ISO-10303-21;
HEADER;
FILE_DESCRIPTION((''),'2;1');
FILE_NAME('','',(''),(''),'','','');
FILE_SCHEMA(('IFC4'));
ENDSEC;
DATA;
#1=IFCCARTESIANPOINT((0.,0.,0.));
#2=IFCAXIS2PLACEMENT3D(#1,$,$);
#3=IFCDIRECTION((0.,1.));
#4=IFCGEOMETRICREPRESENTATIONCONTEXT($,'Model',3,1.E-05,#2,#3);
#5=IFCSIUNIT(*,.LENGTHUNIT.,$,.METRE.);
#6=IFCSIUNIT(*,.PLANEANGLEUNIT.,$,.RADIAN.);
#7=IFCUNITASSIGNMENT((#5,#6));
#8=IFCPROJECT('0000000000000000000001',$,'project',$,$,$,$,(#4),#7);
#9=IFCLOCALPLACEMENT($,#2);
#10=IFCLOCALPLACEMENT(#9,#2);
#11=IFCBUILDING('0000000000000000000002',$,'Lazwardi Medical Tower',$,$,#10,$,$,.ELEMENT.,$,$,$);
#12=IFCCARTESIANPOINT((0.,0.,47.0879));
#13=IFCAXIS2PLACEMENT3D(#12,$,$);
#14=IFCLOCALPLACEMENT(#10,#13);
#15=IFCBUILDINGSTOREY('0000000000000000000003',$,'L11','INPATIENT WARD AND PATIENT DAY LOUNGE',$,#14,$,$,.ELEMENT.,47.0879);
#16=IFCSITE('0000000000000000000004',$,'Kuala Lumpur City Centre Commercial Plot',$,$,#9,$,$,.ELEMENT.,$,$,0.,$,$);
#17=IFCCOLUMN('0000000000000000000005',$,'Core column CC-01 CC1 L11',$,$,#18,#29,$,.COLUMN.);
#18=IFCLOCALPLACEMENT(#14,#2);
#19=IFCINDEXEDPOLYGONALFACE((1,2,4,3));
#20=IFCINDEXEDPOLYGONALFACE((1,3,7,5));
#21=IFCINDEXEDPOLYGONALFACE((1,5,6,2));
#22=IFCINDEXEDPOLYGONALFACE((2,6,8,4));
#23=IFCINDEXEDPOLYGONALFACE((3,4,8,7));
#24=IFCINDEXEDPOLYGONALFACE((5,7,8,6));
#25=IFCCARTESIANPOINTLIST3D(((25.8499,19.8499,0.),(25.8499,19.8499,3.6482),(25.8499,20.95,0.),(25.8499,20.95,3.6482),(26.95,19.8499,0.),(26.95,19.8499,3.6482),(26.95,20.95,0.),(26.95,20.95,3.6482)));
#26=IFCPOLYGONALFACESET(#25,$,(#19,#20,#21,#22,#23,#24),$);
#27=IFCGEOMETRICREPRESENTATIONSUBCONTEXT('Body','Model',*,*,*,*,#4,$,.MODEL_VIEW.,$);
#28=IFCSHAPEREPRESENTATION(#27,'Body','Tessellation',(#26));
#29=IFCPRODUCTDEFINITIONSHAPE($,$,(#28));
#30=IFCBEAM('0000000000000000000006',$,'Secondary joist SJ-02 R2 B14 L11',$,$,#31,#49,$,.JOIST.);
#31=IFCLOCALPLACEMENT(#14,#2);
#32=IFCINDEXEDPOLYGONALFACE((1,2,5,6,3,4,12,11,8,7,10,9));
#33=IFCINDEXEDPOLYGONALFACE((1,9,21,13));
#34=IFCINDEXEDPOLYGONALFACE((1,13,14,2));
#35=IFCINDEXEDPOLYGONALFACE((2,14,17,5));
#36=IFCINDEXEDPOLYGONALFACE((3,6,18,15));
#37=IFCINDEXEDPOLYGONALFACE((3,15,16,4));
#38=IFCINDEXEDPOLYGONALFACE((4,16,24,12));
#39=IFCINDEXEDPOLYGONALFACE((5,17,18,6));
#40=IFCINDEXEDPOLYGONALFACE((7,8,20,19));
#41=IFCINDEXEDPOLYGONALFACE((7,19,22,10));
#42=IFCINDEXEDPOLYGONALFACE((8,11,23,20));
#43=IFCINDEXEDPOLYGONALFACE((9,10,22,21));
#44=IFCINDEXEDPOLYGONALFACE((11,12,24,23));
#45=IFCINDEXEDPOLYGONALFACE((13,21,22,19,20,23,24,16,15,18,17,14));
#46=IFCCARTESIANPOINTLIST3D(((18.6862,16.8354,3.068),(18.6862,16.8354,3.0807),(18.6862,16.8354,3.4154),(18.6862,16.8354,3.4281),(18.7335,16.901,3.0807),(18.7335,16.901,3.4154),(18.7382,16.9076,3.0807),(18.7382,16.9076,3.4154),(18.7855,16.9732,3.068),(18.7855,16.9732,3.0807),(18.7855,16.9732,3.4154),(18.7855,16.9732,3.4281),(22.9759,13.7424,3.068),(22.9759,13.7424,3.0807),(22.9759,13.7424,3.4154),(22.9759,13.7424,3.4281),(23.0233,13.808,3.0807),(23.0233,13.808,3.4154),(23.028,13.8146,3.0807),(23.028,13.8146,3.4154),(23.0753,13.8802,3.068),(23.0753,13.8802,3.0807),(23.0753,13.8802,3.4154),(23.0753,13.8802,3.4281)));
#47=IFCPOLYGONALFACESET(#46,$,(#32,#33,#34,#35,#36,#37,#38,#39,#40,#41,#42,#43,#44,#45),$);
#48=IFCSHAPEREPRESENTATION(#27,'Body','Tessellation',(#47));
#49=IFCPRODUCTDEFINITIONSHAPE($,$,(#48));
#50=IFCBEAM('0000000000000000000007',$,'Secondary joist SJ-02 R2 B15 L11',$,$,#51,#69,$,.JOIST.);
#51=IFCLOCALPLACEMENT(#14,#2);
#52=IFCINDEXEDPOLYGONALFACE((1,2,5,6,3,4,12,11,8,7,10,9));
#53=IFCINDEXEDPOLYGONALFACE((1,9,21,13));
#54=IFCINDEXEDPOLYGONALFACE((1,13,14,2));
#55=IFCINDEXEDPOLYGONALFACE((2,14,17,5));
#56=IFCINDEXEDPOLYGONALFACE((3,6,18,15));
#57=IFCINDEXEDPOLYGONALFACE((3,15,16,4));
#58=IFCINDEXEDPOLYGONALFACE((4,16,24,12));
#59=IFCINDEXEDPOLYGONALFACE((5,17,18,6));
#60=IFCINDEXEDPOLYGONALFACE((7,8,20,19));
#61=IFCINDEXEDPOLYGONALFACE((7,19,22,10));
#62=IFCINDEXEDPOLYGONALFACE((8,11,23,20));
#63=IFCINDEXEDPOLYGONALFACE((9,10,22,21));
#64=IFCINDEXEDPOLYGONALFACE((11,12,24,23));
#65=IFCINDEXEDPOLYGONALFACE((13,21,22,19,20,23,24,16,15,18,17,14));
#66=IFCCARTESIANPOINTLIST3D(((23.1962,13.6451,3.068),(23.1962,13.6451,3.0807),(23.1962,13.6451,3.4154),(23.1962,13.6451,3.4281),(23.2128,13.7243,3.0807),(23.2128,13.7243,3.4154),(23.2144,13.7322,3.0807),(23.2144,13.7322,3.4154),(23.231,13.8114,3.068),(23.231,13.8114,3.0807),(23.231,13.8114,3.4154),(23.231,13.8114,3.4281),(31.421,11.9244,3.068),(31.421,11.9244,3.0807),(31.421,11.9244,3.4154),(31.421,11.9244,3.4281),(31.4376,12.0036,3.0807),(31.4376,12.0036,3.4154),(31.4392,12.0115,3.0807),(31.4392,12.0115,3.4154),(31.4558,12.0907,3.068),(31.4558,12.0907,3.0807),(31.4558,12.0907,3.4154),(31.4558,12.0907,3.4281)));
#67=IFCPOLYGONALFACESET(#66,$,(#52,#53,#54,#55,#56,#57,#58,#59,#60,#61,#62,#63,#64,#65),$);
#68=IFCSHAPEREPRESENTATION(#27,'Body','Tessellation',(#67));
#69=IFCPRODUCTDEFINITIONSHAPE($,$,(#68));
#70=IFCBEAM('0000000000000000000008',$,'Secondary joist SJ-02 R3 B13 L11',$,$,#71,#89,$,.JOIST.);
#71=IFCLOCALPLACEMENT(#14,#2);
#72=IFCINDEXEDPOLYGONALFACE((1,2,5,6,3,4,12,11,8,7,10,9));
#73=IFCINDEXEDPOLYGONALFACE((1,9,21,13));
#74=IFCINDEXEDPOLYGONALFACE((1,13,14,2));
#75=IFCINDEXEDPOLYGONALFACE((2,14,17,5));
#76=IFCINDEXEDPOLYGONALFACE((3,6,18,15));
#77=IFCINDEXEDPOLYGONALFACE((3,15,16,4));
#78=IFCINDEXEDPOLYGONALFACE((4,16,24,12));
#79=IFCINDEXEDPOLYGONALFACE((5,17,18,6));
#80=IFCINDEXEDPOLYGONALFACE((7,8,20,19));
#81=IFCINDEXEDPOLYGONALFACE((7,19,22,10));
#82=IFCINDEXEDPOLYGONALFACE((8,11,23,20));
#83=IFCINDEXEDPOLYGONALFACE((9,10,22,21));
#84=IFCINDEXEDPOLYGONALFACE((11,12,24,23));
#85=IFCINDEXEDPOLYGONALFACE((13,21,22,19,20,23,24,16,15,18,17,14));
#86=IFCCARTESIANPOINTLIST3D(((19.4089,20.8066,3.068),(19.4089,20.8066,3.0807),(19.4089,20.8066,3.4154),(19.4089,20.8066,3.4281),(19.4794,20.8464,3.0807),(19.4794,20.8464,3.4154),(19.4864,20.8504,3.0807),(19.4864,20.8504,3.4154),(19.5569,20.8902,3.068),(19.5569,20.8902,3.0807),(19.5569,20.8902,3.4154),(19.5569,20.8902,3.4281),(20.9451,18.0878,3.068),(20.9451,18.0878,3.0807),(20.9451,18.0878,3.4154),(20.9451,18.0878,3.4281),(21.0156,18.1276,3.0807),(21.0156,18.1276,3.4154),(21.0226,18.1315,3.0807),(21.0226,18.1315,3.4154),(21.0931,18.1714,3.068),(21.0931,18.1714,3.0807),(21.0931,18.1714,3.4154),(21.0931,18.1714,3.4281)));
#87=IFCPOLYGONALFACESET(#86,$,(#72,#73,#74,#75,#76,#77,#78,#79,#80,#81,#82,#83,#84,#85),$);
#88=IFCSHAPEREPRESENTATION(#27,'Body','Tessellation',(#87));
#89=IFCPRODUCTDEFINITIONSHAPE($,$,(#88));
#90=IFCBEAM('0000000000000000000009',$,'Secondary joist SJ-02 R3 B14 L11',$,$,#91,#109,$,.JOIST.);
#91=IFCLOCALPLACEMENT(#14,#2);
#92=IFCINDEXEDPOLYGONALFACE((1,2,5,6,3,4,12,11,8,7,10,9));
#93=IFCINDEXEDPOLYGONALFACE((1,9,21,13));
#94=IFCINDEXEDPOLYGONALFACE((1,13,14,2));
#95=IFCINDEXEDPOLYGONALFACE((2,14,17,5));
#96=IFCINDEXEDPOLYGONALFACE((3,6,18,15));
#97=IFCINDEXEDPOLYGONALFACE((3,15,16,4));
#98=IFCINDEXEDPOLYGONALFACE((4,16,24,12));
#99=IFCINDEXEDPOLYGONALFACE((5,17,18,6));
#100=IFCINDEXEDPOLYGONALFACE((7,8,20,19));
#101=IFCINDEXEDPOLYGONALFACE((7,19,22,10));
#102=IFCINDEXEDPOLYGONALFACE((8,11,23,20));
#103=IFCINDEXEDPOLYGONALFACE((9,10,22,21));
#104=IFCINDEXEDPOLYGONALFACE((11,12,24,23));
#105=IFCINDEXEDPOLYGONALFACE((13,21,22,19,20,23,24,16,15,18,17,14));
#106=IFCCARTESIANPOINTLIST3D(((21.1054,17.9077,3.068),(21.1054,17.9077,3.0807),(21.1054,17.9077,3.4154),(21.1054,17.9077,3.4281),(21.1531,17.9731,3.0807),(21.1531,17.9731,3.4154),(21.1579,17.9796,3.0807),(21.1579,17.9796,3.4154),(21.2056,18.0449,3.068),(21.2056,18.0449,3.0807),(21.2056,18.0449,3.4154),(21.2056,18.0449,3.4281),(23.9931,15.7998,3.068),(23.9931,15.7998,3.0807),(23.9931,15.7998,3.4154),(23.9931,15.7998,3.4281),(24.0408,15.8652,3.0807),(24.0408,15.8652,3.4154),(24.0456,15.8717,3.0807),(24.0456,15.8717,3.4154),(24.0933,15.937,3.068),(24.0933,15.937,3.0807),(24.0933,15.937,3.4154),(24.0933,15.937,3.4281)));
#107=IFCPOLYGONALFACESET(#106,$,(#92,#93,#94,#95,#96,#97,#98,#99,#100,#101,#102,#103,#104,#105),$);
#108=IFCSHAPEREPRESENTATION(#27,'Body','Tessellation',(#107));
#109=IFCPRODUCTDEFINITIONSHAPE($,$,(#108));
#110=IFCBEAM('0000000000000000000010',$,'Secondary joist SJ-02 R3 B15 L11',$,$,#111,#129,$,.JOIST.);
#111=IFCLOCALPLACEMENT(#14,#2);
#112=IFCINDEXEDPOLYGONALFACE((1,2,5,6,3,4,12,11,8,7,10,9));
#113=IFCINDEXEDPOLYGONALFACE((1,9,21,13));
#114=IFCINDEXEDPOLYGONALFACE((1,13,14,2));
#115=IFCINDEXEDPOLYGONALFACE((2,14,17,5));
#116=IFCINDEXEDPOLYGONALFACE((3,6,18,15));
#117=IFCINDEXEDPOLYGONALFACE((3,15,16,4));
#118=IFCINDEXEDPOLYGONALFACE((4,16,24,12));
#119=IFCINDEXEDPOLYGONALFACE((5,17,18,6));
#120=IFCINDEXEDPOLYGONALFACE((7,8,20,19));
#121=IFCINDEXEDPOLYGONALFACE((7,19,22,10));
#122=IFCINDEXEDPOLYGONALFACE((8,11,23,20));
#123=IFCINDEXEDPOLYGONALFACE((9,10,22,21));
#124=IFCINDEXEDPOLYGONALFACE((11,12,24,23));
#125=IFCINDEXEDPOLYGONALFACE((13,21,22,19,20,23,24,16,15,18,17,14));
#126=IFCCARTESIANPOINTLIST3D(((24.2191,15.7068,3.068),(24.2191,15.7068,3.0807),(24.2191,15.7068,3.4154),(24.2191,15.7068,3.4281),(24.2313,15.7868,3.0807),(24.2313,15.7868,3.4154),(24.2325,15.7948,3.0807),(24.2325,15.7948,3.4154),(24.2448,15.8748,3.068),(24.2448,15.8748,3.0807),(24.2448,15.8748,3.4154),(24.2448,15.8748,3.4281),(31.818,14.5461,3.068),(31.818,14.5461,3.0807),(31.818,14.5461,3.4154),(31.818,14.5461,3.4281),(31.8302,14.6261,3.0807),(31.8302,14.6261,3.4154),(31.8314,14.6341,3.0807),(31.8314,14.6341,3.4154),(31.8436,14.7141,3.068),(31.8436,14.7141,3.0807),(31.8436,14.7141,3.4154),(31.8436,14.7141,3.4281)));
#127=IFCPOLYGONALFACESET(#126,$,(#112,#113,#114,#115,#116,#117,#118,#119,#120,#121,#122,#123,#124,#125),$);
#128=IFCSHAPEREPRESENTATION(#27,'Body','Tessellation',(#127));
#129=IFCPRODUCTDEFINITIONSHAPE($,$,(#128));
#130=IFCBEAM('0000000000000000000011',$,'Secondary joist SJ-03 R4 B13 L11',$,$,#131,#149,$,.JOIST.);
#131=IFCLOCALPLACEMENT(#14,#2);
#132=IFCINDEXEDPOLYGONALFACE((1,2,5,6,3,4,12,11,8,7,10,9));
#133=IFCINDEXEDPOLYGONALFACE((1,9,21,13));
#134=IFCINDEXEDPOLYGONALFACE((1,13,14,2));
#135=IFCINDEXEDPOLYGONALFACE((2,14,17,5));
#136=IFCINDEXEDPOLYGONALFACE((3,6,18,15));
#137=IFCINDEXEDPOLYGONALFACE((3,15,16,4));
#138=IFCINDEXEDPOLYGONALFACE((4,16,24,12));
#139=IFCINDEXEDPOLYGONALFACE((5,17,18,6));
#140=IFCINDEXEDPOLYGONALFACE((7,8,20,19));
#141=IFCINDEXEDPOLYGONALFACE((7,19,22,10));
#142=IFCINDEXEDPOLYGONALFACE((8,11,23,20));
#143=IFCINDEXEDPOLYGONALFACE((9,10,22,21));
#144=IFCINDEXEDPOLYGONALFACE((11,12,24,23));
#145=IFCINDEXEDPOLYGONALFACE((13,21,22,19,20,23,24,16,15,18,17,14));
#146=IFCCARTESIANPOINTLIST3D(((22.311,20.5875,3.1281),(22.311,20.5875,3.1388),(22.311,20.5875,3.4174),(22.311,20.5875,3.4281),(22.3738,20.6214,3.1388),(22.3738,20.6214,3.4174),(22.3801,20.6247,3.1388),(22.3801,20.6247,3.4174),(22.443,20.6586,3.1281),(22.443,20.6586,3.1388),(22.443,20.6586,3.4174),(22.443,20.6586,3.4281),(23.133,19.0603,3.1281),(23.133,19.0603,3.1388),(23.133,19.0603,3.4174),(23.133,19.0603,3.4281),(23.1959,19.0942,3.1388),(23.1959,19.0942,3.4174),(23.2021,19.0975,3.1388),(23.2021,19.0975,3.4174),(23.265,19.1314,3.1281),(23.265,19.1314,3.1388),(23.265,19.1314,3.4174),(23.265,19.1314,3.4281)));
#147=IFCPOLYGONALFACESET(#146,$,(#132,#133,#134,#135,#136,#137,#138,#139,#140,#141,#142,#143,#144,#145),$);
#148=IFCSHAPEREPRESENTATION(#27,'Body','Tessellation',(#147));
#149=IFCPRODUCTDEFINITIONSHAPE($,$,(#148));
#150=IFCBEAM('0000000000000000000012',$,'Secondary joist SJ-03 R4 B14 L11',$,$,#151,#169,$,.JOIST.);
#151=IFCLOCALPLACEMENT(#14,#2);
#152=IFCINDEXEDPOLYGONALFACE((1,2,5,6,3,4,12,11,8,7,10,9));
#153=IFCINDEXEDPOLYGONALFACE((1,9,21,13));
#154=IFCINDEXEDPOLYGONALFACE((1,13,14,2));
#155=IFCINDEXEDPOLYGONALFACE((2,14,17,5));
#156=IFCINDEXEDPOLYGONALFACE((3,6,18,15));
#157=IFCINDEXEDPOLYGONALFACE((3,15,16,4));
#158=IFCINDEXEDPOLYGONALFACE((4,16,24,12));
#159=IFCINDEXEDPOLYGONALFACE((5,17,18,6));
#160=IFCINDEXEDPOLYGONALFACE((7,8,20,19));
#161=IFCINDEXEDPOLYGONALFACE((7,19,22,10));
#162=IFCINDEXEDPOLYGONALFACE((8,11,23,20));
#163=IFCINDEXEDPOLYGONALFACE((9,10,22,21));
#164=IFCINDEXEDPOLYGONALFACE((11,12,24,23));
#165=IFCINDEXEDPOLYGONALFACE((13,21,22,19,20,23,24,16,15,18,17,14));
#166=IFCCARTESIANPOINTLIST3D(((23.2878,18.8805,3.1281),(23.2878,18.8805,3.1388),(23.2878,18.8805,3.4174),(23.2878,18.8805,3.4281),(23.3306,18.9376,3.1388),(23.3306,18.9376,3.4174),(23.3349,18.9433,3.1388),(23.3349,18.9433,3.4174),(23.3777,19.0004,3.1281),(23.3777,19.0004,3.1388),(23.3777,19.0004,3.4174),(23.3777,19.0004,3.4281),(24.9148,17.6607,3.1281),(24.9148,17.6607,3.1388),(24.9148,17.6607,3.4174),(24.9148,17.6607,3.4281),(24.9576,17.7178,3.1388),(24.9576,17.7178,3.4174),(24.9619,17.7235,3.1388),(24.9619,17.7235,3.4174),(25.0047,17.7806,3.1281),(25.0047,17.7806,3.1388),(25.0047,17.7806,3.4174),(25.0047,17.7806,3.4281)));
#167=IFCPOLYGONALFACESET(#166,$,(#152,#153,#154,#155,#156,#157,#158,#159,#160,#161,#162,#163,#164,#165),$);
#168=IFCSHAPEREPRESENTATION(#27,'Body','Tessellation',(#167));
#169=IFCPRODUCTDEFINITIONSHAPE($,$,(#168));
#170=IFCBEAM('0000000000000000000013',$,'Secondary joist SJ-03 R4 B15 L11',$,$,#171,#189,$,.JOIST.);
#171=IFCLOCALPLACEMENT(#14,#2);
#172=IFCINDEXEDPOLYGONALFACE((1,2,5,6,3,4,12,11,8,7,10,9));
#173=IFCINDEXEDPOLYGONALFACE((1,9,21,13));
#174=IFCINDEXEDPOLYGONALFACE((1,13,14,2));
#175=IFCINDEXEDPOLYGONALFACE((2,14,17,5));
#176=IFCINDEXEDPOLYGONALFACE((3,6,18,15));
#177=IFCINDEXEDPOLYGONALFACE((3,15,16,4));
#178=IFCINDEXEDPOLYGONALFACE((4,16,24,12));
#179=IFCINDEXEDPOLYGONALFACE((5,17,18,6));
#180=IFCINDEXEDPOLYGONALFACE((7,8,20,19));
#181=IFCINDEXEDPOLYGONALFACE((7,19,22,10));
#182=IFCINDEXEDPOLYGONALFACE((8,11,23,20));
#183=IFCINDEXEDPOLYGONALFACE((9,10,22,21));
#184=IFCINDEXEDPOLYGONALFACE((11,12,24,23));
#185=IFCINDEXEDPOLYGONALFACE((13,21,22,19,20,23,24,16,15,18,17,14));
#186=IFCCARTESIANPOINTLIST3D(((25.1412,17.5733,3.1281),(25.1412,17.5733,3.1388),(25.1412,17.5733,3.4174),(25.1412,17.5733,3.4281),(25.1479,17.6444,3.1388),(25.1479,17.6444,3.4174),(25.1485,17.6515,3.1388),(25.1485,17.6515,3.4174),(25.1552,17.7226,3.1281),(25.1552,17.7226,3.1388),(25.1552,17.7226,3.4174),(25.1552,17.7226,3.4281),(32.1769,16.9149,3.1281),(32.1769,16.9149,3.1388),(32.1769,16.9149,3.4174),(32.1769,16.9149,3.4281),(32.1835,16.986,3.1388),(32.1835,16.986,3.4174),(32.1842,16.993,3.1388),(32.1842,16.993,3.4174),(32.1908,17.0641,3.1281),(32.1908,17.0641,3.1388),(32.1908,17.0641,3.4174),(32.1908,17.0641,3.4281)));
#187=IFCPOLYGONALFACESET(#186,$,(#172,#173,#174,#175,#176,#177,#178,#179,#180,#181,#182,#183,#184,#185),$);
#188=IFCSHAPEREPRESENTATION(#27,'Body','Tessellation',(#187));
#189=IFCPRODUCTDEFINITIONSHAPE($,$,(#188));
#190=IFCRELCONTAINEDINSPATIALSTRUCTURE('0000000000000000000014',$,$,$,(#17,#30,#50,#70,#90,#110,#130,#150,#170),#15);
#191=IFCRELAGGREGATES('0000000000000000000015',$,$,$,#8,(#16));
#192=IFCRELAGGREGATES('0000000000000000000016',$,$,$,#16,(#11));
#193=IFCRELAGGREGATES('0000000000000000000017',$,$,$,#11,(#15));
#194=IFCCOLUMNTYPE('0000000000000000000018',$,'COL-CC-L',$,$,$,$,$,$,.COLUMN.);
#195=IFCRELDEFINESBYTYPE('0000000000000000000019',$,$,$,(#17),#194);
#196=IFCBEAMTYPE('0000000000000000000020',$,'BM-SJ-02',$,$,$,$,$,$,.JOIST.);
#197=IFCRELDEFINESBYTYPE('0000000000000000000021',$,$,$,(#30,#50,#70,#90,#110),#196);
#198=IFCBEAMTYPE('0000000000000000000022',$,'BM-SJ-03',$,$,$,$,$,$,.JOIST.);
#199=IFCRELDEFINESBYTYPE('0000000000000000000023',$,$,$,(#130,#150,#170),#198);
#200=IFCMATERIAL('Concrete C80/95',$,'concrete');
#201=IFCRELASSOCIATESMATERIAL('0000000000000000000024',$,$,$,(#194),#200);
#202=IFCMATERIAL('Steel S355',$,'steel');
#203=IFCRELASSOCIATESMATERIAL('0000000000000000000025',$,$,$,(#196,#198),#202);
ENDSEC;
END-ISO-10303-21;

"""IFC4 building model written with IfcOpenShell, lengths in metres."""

from ifc_helpers import new_model, si_unit, direction, frame, origin, origin_2d, place, context, subcontext, project, spatial, rectangle, i_section, extrude, material, material_profile, profile_set, type_object, element, save


model = new_model("IFC4")

# Units and contexts
model_context = context("Model", 3, precision=1e-05, world=origin(), true_north=direction((0.0, 1.0)))
body_context = subcontext(model_context, "Body", "Model", "MODEL_VIEW")
ifc_project = project(units=[si_unit("LENGTHUNIT", "METRE"), si_unit("PLANEANGLEUNIT", "RADIAN")], contexts=[model_context])

# Site, building, storey
site_placement = place(None, origin())
site = spatial("IfcSite", under=ifc_project, at=site_placement, Name="Kuala Lumpur City Centre Commercial Plot", CompositionType="ELEMENT", RefElevation=0.0)
building_placement = place(site_placement, origin())
building = spatial("IfcBuilding", under=site, at=building_placement, Name="Lazwardi Medical Tower", CompositionType="ELEMENT")
storey_placement = place(building_placement, frame((0.0, 0.0, 47.0879)))
storey = spatial("IfcBuildingStorey", under=building, at=storey_placement, Name="L11", Description="INPATIENT WARD AND PATIENT DAY LOUNGE", CompositionType="ELEMENT", Elevation=47.0879)

# Column
ifc_material_1 = material(Name="Concrete C80/95", Category="concrete")
ifc_material_profile_1 = material_profile(ifc_material_1, rectangle(XDim=1.1001, YDim=1.1001, at=origin_2d()), Name="RC 1100x1100")
ifc_profile_set_1 = profile_set([ifc_material_profile_1], Name="Concrete C80/95")
column_type = type_object("IfcColumnType", Name="COL-CC-L", PredefinedType="COLUMN", material=ifc_profile_set_1)
column_placement = place(storey_placement, frame((26.3999, 20.3999, 0.0), z_axis=(0.0, 0.0, 1.0), x_axis=(1.0, 0.0, 0.0)))
element("IfcColumn", 1, at=column_placement, inside=storey, type_object=column_type, Name="Core column CC-01 CC1 L11", PredefinedType="COLUMN", context=body_context, shape_type="SweptSolid", body=[
    extrude(rectangle(XDim=1.1001, YDim=1.1001, at=origin_2d()), origin(), (0.0, 0.0, 1.0), 3.6482),
])

# Beams
ifc_material_2 = material(Name="Steel S355", Category="steel")
ifc_material_profile_2 = material_profile(ifc_material_2, i_section(OverallWidth=0.1699, OverallDepth=0.3601, WebThickness=0.0081, FlangeThickness=0.0127, at=origin_2d()), Name="IPE 360")
ifc_profile_set_2 = profile_set([ifc_material_profile_2], Name="Steel S355")
beam_type_1 = type_object("IfcBeamType", Name="BM-SJ-02", PredefinedType="JOIST", material=ifc_profile_set_2)
beam_1_placement = place(storey_placement, frame((18.7358, 16.9043, 3.248), z_axis=(0.811143, -0.584848, 0.0), x_axis=(0.584848, 0.811143, 0.0)))
element("IfcBeam", 2, at=beam_1_placement, inside=storey, type_object=beam_type_1, Name="Secondary joist SJ-02 R2 B14 L11", PredefinedType="JOIST", context=body_context, shape_type="SweptSolid", body=[
    extrude(i_section(OverallWidth=0.1699, OverallDepth=0.3601, WebThickness=0.0081, FlangeThickness=0.0127, at=origin_2d()), origin(), (0.0, 0.0, 1.0), 5.2886),
])
beam_2_placement = place(storey_placement, frame((23.2136, 13.7283, 3.248), z_axis=(0.978809, -0.204774, 0.0), x_axis=(0.204774, 0.978809, 0.0)))
element("IfcBeam", 3, at=beam_2_placement, inside=storey, type_object=beam_type_1, Name="Secondary joist SJ-02 R2 B15 L11", PredefinedType="JOIST", context=body_context, shape_type="SweptSolid", body=[
    extrude(i_section(OverallWidth=0.1699, OverallDepth=0.3601, WebThickness=0.0081, FlangeThickness=0.0127, at=origin_2d()), origin(), (0.0, 0.0, 1.0), 8.4028),
])
beam_3_placement = place(storey_placement, frame((19.4829, 20.8484, 3.248), z_axis=(0.491923, -0.870639, 0.0), x_axis=(0.870639, 0.491923, 0.0)))
element("IfcBeam", 4, at=beam_3_placement, inside=storey, type_object=beam_type_1, Name="Secondary joist SJ-02 R3 B13 L11", PredefinedType="JOIST", context=body_context, shape_type="SweptSolid", body=[
    extrude(i_section(OverallWidth=0.1699, OverallDepth=0.3601, WebThickness=0.0081, FlangeThickness=0.0127, at=origin_2d()), origin(), (0.0, 0.0, 1.0), 3.1228),
])
beam_4_placement = place(storey_placement, frame((21.1555, 17.9763, 3.248), z_axis=(0.807701, -0.589592, 0.0), x_axis=(0.589592, 0.807701, 0.0)))
element("IfcBeam", 5, at=beam_4_placement, inside=storey, type_object=beam_type_1, Name="Secondary joist SJ-02 R3 B14 L11", PredefinedType="JOIST", context=body_context, shape_type="SweptSolid", body=[
    extrude(i_section(OverallWidth=0.1699, OverallDepth=0.3601, WebThickness=0.0081, FlangeThickness=0.0127, at=origin_2d()), origin(), (0.0, 0.0, 1.0), 3.5752),
])
beam_5_placement = place(storey_placement, frame((24.2319, 15.7908, 3.248), z_axis=(0.988536, -0.150988, 0.0), x_axis=(0.150988, 0.988536, 0.0)))
element("IfcBeam", 6, at=beam_5_placement, inside=storey, type_object=beam_type_1, Name="Secondary joist SJ-02 R3 B15 L11", PredefinedType="JOIST", context=body_context, shape_type="SweptSolid", body=[
    extrude(i_section(OverallWidth=0.1699, OverallDepth=0.3601, WebThickness=0.0081, FlangeThickness=0.0127, at=origin_2d()), origin(), (0.0, 0.0, 1.0), 7.687),
])
ifc_material_profile_3 = material_profile(ifc_material_2, i_section(OverallWidth=0.1499, OverallDepth=0.3, WebThickness=0.0071, FlangeThickness=0.0107, at=origin_2d()), Name="IPE 300")
ifc_profile_set_3 = profile_set([ifc_material_profile_3], Name="Steel S355")
beam_type_2 = type_object("IfcBeamType", Name="BM-SJ-03", PredefinedType="JOIST", material=ifc_profile_set_3)
beam_6_placement = place(storey_placement, frame((22.377, 20.623, 3.2781), z_axis=(0.473982, -0.880534, 0.0), x_axis=(0.880534, 0.473982, 0.0)))
element("IfcBeam", 7, at=beam_6_placement, inside=storey, type_object=beam_type_2, Name="Secondary joist SJ-03 R4 B13 L11", PredefinedType="JOIST", context=body_context, shape_type="SweptSolid", body=[
    extrude(i_section(OverallWidth=0.1499, OverallDepth=0.3, WebThickness=0.0071, FlangeThickness=0.0107, at=origin_2d()), origin(), (0.0, 0.0, 1.0), 1.7344),
])
beam_7_placement = place(storey_placement, frame((23.3328, 18.9404, 3.2781), z_axis=(0.800115, -0.599846, 0.0), x_axis=(0.599846, 0.800115, 0.0)))
element("IfcBeam", 8, at=beam_7_placement, inside=storey, type_object=beam_type_2, Name="Secondary joist SJ-03 R4 B14 L11", PredefinedType="JOIST", context=body_context, shape_type="SweptSolid", body=[
    extrude(i_section(OverallWidth=0.1499, OverallDepth=0.3, WebThickness=0.0071, FlangeThickness=0.0107, at=origin_2d()), origin(), (0.0, 0.0, 1.0), 2.0334),
])
beam_8_placement = place(storey_placement, frame((25.1482, 17.6479, 3.2781), z_axis=(0.995649, -0.09318, 0.0), x_axis=(0.09318, 0.995649, 0.0)))
element("IfcBeam", 9, at=beam_8_placement, inside=storey, type_object=beam_type_2, Name="Secondary joist SJ-03 R4 B15 L11", PredefinedType="JOIST", context=body_context, shape_type="SweptSolid", body=[
    extrude(i_section(OverallWidth=0.1499, OverallDepth=0.3, WebThickness=0.0071, FlangeThickness=0.0107, at=origin_2d()), origin(), (0.0, 0.0, 1.0), 7.0664),
])

save(model, "model.ifc")
